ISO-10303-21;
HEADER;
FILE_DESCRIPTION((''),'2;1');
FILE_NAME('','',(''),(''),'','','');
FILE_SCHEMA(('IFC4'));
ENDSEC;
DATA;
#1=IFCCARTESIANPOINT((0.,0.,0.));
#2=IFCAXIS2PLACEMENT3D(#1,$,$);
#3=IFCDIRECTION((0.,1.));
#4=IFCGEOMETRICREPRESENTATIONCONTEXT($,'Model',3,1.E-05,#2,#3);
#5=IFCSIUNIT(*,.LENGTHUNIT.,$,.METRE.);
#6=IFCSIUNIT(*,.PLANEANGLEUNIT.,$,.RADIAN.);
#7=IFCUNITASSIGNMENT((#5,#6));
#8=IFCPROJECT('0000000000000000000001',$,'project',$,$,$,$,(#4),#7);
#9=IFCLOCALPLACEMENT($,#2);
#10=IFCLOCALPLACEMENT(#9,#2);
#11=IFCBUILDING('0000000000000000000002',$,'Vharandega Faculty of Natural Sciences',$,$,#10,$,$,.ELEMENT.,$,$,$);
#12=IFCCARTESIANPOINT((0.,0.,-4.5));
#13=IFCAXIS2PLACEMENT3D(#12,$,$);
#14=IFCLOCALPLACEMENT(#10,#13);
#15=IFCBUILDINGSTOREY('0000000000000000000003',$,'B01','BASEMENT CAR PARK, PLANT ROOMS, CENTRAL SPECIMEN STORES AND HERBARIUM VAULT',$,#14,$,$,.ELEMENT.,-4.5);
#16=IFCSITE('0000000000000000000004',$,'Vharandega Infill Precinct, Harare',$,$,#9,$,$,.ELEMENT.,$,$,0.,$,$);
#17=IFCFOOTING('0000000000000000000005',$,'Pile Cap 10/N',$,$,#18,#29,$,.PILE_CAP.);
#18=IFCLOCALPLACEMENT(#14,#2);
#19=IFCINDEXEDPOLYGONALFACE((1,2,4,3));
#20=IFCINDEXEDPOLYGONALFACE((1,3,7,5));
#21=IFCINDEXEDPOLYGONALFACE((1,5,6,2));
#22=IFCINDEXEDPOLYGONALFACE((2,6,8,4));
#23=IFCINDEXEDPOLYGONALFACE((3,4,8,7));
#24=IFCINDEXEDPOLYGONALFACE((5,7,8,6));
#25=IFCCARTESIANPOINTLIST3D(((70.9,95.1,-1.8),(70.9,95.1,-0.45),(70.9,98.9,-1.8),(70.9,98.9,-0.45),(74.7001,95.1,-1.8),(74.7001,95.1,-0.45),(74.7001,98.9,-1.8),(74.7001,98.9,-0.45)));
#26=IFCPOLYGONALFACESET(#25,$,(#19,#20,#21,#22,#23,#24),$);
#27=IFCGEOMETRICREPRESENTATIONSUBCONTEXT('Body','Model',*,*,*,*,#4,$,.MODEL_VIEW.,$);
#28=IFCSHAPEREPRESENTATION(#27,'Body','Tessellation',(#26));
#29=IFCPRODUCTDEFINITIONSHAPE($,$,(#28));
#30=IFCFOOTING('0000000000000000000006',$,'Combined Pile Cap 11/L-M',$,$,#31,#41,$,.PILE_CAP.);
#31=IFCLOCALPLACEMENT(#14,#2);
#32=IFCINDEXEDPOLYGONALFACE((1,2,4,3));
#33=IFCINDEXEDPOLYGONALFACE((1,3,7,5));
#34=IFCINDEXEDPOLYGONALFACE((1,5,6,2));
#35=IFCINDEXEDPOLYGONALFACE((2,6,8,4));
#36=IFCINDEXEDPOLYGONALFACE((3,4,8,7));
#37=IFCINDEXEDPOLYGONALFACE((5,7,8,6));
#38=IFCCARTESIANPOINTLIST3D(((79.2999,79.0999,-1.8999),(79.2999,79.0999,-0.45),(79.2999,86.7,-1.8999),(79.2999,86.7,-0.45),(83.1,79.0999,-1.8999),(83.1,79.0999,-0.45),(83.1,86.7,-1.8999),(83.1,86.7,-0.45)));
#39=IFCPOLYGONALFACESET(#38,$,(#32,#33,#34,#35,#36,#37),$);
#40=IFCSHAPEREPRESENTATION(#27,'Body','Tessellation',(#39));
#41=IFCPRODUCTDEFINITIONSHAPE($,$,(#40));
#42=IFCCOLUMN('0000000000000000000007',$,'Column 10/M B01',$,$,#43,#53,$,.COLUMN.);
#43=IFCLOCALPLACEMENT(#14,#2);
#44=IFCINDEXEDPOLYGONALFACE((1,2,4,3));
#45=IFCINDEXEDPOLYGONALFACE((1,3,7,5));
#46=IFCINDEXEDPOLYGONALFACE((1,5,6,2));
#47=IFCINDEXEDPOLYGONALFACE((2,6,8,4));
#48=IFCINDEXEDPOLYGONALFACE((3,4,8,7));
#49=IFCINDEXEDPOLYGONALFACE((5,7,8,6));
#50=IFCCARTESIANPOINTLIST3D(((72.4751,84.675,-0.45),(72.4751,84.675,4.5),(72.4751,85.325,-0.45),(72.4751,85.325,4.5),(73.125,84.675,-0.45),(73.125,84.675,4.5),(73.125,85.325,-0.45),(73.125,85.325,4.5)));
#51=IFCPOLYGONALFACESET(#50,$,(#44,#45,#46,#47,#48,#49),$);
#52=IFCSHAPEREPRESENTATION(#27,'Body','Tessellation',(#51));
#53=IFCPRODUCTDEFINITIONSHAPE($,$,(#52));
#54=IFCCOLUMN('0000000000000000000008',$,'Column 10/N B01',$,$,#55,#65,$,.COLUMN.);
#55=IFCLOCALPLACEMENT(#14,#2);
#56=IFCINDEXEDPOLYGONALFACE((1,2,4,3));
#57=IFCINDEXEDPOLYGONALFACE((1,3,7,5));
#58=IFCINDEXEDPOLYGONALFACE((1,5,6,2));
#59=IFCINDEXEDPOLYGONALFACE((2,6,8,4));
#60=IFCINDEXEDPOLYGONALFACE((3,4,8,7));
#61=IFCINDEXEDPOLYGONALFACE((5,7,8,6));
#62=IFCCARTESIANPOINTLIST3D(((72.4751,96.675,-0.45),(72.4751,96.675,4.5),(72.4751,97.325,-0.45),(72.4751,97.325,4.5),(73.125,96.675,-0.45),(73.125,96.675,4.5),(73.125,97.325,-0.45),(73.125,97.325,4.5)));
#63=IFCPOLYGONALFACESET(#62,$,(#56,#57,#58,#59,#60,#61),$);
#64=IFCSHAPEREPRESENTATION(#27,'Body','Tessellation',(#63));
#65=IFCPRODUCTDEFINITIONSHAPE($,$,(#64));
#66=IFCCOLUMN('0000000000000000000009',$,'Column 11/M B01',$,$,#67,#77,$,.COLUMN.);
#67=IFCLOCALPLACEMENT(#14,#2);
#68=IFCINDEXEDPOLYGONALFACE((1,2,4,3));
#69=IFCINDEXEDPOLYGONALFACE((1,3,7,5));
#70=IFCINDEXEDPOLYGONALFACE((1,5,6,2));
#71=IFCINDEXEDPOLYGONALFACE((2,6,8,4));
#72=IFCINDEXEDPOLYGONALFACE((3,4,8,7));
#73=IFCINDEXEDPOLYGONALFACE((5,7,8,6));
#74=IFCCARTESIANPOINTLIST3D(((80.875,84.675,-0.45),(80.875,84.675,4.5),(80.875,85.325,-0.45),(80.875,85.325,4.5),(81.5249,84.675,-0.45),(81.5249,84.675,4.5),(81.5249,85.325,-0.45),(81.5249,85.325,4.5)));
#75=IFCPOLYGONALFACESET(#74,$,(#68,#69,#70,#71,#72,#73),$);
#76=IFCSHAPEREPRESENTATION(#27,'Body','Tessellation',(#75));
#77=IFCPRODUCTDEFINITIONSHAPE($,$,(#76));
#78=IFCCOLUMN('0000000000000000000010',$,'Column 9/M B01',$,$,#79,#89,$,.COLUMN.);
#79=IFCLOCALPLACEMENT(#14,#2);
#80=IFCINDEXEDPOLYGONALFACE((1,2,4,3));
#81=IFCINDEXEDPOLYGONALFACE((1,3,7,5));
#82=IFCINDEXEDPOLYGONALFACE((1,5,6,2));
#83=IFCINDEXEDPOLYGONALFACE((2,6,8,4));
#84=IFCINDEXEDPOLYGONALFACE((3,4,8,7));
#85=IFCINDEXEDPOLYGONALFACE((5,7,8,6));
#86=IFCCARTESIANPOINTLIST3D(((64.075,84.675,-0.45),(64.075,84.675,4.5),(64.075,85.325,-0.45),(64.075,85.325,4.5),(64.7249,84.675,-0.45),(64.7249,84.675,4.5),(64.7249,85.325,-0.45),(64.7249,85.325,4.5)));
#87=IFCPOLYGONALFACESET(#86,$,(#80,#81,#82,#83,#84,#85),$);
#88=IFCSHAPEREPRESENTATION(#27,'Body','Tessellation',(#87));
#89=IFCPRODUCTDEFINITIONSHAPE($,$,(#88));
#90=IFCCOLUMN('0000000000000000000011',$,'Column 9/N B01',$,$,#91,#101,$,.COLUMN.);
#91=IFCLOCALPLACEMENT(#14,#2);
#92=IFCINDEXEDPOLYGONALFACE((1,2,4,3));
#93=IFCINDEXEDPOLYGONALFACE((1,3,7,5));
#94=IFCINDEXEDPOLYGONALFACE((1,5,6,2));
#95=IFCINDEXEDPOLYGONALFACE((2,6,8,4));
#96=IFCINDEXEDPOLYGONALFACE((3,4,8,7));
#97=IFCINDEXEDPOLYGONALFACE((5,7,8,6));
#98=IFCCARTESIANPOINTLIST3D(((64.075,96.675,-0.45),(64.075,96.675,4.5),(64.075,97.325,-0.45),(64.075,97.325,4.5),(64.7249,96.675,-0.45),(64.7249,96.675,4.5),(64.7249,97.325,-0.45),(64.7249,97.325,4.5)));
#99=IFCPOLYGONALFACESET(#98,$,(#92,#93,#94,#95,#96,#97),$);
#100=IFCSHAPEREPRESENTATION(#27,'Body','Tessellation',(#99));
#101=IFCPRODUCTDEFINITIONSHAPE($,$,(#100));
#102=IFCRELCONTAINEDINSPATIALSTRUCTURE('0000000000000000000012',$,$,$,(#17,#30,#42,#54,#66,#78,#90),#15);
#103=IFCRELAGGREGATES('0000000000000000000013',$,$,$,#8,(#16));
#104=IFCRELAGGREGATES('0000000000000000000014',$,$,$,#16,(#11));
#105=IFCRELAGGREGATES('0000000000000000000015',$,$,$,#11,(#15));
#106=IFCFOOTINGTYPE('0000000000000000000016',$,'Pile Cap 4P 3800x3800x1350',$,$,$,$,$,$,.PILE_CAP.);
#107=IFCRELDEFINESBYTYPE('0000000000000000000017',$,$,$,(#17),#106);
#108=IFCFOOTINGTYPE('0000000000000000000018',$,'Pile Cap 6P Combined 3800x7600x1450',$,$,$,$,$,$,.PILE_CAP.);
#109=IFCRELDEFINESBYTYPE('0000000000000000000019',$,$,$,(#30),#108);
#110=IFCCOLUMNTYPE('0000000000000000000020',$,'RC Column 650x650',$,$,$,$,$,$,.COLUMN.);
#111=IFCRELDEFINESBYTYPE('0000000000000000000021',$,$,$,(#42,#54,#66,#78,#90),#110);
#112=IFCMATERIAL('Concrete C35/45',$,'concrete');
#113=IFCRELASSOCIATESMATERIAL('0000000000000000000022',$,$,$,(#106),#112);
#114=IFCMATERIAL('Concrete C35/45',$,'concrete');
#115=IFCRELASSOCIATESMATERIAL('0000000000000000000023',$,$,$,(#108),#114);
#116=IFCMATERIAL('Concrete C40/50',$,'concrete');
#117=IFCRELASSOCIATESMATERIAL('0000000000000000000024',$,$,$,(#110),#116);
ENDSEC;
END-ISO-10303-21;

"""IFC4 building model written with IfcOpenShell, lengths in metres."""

from ifc_helpers import new_model, si_unit, direction, frame, origin, origin_2d, place, context, subcontext, project, spatial, rectangle, extrude, material, material_profile, profile_set, type_object, element, save


model = new_model("IFC4")

# Units and contexts
model_context = context("Model", 3, precision=1e-05, world=origin(), true_north=direction((0.0, 1.0)))
body_context = subcontext(model_context, "Body", "Model", "MODEL_VIEW")
ifc_project = project(units=[si_unit("LENGTHUNIT", "METRE"), si_unit("PLANEANGLEUNIT", "RADIAN")], contexts=[model_context])

# Site, building, storey
site_placement = place(None, origin())
site = spatial("IfcSite", under=ifc_project, at=site_placement, Name="Vharandega Infill Precinct, Harare", CompositionType="ELEMENT", RefElevation=0.0)
building_placement = place(site_placement, origin())
building = spatial("IfcBuilding", under=site, at=building_placement, Name="Vharandega Faculty of Natural Sciences", CompositionType="ELEMENT")
storey_placement = place(building_placement, frame((0.0, 0.0, -4.5)))
storey = spatial("IfcBuildingStorey", under=building, at=storey_placement, Name="B01", Description="BASEMENT CAR PARK, PLANT ROOMS, CENTRAL SPECIMEN STORES AND HERBARIUM VAULT", CompositionType="ELEMENT", Elevation=-4.5)

# Footings
ifc_material_1 = material(Name="Concrete C35/45", Category="concrete")
footing_type_1 = type_object("IfcFootingType", Name="Pile Cap 4P 3800x3800x1350", PredefinedType="PILE_CAP", material=ifc_material_1)
footing_1_placement = place(storey_placement, frame((72.8, 97.0, -1.8), z_axis=(0.0, 0.0, 1.0), x_axis=(1.0, 0.0, 0.0)))
element("IfcFooting", 1, at=footing_1_placement, inside=storey, type_object=footing_type_1, Name="Pile Cap 10/N", PredefinedType="PILE_CAP", context=body_context, shape_type="SweptSolid", body=[
    extrude(rectangle(XDim=3.8, YDim=3.8, at=origin_2d()), origin(), (0.0, 0.0, 1.0), 1.3501),
])
ifc_material_2 = material(Name="Concrete C35/45", Category="concrete")
footing_type_2 = type_object("IfcFootingType", Name="Pile Cap 6P Combined 3800x7600x1450", PredefinedType="PILE_CAP", material=ifc_material_2)
footing_2_placement = place(storey_placement, frame((81.2, 82.8999, -1.8999), z_axis=(0.0, 0.0, 1.0), x_axis=(1.0, 0.0, 0.0)))
element("IfcFooting", 2, at=footing_2_placement, inside=storey, type_object=footing_type_2, Name="Combined Pile Cap 11/L-M", PredefinedType="PILE_CAP", context=body_context, shape_type="SweptSolid", body=[
    extrude(rectangle(XDim=3.8, YDim=7.6001, at=origin_2d()), origin(), (0.0, 0.0, 1.0), 1.45),
])

# Columns
ifc_material_3 = material(Name="Concrete C40/50", Category="concrete")
ifc_material_profile_1 = material_profile(ifc_material_3, rectangle(XDim=0.6499, YDim=0.6499, at=origin_2d()), Name="RC 650x650")
ifc_profile_set_1 = profile_set([ifc_material_profile_1], Name="Concrete C40/50")
column_type = type_object("IfcColumnType", Name="RC Column 650x650", PredefinedType="COLUMN", material=ifc_profile_set_1)
for number, where, z_axis, x_axis, name in (
    (3, (72.8, 85.0, -0.45), (0.0, 0.0, 1.0), (1.0, 0.0, 0.0), "Column 10/M B01"),
    (4, (72.8, 97.0, -0.45), (0.0, 0.0, 1.0), (1.0, 0.0, 0.0), "Column 10/N B01"),
    (5, (81.2, 85.0, -0.45), (0.0, 0.0, 1.0), (1.0, 0.0, 0.0), "Column 11/M B01"),
    (6, (64.3999, 85.0, -0.45), (0.0, 0.0, 1.0), (1.0, 0.0, 0.0), "Column 9/M B01"),
    (7, (64.3999, 97.0, -0.45), (0.0, 0.0, 1.0), (1.0, 0.0, 0.0), "Column 9/N B01"),
):
    element("IfcColumn", number, at=place(storey_placement, frame(where, z_axis=z_axis, x_axis=x_axis)), inside=storey, type_object=column_type, Name=name, PredefinedType="COLUMN", context=body_context, shape_type="SweptSolid", body=[
        extrude(rectangle(XDim=0.6499, YDim=0.6499, at=origin_2d()), origin(), (0.0, 0.0, 1.0), 4.95),
    ])

save(model, "model.ifc")
